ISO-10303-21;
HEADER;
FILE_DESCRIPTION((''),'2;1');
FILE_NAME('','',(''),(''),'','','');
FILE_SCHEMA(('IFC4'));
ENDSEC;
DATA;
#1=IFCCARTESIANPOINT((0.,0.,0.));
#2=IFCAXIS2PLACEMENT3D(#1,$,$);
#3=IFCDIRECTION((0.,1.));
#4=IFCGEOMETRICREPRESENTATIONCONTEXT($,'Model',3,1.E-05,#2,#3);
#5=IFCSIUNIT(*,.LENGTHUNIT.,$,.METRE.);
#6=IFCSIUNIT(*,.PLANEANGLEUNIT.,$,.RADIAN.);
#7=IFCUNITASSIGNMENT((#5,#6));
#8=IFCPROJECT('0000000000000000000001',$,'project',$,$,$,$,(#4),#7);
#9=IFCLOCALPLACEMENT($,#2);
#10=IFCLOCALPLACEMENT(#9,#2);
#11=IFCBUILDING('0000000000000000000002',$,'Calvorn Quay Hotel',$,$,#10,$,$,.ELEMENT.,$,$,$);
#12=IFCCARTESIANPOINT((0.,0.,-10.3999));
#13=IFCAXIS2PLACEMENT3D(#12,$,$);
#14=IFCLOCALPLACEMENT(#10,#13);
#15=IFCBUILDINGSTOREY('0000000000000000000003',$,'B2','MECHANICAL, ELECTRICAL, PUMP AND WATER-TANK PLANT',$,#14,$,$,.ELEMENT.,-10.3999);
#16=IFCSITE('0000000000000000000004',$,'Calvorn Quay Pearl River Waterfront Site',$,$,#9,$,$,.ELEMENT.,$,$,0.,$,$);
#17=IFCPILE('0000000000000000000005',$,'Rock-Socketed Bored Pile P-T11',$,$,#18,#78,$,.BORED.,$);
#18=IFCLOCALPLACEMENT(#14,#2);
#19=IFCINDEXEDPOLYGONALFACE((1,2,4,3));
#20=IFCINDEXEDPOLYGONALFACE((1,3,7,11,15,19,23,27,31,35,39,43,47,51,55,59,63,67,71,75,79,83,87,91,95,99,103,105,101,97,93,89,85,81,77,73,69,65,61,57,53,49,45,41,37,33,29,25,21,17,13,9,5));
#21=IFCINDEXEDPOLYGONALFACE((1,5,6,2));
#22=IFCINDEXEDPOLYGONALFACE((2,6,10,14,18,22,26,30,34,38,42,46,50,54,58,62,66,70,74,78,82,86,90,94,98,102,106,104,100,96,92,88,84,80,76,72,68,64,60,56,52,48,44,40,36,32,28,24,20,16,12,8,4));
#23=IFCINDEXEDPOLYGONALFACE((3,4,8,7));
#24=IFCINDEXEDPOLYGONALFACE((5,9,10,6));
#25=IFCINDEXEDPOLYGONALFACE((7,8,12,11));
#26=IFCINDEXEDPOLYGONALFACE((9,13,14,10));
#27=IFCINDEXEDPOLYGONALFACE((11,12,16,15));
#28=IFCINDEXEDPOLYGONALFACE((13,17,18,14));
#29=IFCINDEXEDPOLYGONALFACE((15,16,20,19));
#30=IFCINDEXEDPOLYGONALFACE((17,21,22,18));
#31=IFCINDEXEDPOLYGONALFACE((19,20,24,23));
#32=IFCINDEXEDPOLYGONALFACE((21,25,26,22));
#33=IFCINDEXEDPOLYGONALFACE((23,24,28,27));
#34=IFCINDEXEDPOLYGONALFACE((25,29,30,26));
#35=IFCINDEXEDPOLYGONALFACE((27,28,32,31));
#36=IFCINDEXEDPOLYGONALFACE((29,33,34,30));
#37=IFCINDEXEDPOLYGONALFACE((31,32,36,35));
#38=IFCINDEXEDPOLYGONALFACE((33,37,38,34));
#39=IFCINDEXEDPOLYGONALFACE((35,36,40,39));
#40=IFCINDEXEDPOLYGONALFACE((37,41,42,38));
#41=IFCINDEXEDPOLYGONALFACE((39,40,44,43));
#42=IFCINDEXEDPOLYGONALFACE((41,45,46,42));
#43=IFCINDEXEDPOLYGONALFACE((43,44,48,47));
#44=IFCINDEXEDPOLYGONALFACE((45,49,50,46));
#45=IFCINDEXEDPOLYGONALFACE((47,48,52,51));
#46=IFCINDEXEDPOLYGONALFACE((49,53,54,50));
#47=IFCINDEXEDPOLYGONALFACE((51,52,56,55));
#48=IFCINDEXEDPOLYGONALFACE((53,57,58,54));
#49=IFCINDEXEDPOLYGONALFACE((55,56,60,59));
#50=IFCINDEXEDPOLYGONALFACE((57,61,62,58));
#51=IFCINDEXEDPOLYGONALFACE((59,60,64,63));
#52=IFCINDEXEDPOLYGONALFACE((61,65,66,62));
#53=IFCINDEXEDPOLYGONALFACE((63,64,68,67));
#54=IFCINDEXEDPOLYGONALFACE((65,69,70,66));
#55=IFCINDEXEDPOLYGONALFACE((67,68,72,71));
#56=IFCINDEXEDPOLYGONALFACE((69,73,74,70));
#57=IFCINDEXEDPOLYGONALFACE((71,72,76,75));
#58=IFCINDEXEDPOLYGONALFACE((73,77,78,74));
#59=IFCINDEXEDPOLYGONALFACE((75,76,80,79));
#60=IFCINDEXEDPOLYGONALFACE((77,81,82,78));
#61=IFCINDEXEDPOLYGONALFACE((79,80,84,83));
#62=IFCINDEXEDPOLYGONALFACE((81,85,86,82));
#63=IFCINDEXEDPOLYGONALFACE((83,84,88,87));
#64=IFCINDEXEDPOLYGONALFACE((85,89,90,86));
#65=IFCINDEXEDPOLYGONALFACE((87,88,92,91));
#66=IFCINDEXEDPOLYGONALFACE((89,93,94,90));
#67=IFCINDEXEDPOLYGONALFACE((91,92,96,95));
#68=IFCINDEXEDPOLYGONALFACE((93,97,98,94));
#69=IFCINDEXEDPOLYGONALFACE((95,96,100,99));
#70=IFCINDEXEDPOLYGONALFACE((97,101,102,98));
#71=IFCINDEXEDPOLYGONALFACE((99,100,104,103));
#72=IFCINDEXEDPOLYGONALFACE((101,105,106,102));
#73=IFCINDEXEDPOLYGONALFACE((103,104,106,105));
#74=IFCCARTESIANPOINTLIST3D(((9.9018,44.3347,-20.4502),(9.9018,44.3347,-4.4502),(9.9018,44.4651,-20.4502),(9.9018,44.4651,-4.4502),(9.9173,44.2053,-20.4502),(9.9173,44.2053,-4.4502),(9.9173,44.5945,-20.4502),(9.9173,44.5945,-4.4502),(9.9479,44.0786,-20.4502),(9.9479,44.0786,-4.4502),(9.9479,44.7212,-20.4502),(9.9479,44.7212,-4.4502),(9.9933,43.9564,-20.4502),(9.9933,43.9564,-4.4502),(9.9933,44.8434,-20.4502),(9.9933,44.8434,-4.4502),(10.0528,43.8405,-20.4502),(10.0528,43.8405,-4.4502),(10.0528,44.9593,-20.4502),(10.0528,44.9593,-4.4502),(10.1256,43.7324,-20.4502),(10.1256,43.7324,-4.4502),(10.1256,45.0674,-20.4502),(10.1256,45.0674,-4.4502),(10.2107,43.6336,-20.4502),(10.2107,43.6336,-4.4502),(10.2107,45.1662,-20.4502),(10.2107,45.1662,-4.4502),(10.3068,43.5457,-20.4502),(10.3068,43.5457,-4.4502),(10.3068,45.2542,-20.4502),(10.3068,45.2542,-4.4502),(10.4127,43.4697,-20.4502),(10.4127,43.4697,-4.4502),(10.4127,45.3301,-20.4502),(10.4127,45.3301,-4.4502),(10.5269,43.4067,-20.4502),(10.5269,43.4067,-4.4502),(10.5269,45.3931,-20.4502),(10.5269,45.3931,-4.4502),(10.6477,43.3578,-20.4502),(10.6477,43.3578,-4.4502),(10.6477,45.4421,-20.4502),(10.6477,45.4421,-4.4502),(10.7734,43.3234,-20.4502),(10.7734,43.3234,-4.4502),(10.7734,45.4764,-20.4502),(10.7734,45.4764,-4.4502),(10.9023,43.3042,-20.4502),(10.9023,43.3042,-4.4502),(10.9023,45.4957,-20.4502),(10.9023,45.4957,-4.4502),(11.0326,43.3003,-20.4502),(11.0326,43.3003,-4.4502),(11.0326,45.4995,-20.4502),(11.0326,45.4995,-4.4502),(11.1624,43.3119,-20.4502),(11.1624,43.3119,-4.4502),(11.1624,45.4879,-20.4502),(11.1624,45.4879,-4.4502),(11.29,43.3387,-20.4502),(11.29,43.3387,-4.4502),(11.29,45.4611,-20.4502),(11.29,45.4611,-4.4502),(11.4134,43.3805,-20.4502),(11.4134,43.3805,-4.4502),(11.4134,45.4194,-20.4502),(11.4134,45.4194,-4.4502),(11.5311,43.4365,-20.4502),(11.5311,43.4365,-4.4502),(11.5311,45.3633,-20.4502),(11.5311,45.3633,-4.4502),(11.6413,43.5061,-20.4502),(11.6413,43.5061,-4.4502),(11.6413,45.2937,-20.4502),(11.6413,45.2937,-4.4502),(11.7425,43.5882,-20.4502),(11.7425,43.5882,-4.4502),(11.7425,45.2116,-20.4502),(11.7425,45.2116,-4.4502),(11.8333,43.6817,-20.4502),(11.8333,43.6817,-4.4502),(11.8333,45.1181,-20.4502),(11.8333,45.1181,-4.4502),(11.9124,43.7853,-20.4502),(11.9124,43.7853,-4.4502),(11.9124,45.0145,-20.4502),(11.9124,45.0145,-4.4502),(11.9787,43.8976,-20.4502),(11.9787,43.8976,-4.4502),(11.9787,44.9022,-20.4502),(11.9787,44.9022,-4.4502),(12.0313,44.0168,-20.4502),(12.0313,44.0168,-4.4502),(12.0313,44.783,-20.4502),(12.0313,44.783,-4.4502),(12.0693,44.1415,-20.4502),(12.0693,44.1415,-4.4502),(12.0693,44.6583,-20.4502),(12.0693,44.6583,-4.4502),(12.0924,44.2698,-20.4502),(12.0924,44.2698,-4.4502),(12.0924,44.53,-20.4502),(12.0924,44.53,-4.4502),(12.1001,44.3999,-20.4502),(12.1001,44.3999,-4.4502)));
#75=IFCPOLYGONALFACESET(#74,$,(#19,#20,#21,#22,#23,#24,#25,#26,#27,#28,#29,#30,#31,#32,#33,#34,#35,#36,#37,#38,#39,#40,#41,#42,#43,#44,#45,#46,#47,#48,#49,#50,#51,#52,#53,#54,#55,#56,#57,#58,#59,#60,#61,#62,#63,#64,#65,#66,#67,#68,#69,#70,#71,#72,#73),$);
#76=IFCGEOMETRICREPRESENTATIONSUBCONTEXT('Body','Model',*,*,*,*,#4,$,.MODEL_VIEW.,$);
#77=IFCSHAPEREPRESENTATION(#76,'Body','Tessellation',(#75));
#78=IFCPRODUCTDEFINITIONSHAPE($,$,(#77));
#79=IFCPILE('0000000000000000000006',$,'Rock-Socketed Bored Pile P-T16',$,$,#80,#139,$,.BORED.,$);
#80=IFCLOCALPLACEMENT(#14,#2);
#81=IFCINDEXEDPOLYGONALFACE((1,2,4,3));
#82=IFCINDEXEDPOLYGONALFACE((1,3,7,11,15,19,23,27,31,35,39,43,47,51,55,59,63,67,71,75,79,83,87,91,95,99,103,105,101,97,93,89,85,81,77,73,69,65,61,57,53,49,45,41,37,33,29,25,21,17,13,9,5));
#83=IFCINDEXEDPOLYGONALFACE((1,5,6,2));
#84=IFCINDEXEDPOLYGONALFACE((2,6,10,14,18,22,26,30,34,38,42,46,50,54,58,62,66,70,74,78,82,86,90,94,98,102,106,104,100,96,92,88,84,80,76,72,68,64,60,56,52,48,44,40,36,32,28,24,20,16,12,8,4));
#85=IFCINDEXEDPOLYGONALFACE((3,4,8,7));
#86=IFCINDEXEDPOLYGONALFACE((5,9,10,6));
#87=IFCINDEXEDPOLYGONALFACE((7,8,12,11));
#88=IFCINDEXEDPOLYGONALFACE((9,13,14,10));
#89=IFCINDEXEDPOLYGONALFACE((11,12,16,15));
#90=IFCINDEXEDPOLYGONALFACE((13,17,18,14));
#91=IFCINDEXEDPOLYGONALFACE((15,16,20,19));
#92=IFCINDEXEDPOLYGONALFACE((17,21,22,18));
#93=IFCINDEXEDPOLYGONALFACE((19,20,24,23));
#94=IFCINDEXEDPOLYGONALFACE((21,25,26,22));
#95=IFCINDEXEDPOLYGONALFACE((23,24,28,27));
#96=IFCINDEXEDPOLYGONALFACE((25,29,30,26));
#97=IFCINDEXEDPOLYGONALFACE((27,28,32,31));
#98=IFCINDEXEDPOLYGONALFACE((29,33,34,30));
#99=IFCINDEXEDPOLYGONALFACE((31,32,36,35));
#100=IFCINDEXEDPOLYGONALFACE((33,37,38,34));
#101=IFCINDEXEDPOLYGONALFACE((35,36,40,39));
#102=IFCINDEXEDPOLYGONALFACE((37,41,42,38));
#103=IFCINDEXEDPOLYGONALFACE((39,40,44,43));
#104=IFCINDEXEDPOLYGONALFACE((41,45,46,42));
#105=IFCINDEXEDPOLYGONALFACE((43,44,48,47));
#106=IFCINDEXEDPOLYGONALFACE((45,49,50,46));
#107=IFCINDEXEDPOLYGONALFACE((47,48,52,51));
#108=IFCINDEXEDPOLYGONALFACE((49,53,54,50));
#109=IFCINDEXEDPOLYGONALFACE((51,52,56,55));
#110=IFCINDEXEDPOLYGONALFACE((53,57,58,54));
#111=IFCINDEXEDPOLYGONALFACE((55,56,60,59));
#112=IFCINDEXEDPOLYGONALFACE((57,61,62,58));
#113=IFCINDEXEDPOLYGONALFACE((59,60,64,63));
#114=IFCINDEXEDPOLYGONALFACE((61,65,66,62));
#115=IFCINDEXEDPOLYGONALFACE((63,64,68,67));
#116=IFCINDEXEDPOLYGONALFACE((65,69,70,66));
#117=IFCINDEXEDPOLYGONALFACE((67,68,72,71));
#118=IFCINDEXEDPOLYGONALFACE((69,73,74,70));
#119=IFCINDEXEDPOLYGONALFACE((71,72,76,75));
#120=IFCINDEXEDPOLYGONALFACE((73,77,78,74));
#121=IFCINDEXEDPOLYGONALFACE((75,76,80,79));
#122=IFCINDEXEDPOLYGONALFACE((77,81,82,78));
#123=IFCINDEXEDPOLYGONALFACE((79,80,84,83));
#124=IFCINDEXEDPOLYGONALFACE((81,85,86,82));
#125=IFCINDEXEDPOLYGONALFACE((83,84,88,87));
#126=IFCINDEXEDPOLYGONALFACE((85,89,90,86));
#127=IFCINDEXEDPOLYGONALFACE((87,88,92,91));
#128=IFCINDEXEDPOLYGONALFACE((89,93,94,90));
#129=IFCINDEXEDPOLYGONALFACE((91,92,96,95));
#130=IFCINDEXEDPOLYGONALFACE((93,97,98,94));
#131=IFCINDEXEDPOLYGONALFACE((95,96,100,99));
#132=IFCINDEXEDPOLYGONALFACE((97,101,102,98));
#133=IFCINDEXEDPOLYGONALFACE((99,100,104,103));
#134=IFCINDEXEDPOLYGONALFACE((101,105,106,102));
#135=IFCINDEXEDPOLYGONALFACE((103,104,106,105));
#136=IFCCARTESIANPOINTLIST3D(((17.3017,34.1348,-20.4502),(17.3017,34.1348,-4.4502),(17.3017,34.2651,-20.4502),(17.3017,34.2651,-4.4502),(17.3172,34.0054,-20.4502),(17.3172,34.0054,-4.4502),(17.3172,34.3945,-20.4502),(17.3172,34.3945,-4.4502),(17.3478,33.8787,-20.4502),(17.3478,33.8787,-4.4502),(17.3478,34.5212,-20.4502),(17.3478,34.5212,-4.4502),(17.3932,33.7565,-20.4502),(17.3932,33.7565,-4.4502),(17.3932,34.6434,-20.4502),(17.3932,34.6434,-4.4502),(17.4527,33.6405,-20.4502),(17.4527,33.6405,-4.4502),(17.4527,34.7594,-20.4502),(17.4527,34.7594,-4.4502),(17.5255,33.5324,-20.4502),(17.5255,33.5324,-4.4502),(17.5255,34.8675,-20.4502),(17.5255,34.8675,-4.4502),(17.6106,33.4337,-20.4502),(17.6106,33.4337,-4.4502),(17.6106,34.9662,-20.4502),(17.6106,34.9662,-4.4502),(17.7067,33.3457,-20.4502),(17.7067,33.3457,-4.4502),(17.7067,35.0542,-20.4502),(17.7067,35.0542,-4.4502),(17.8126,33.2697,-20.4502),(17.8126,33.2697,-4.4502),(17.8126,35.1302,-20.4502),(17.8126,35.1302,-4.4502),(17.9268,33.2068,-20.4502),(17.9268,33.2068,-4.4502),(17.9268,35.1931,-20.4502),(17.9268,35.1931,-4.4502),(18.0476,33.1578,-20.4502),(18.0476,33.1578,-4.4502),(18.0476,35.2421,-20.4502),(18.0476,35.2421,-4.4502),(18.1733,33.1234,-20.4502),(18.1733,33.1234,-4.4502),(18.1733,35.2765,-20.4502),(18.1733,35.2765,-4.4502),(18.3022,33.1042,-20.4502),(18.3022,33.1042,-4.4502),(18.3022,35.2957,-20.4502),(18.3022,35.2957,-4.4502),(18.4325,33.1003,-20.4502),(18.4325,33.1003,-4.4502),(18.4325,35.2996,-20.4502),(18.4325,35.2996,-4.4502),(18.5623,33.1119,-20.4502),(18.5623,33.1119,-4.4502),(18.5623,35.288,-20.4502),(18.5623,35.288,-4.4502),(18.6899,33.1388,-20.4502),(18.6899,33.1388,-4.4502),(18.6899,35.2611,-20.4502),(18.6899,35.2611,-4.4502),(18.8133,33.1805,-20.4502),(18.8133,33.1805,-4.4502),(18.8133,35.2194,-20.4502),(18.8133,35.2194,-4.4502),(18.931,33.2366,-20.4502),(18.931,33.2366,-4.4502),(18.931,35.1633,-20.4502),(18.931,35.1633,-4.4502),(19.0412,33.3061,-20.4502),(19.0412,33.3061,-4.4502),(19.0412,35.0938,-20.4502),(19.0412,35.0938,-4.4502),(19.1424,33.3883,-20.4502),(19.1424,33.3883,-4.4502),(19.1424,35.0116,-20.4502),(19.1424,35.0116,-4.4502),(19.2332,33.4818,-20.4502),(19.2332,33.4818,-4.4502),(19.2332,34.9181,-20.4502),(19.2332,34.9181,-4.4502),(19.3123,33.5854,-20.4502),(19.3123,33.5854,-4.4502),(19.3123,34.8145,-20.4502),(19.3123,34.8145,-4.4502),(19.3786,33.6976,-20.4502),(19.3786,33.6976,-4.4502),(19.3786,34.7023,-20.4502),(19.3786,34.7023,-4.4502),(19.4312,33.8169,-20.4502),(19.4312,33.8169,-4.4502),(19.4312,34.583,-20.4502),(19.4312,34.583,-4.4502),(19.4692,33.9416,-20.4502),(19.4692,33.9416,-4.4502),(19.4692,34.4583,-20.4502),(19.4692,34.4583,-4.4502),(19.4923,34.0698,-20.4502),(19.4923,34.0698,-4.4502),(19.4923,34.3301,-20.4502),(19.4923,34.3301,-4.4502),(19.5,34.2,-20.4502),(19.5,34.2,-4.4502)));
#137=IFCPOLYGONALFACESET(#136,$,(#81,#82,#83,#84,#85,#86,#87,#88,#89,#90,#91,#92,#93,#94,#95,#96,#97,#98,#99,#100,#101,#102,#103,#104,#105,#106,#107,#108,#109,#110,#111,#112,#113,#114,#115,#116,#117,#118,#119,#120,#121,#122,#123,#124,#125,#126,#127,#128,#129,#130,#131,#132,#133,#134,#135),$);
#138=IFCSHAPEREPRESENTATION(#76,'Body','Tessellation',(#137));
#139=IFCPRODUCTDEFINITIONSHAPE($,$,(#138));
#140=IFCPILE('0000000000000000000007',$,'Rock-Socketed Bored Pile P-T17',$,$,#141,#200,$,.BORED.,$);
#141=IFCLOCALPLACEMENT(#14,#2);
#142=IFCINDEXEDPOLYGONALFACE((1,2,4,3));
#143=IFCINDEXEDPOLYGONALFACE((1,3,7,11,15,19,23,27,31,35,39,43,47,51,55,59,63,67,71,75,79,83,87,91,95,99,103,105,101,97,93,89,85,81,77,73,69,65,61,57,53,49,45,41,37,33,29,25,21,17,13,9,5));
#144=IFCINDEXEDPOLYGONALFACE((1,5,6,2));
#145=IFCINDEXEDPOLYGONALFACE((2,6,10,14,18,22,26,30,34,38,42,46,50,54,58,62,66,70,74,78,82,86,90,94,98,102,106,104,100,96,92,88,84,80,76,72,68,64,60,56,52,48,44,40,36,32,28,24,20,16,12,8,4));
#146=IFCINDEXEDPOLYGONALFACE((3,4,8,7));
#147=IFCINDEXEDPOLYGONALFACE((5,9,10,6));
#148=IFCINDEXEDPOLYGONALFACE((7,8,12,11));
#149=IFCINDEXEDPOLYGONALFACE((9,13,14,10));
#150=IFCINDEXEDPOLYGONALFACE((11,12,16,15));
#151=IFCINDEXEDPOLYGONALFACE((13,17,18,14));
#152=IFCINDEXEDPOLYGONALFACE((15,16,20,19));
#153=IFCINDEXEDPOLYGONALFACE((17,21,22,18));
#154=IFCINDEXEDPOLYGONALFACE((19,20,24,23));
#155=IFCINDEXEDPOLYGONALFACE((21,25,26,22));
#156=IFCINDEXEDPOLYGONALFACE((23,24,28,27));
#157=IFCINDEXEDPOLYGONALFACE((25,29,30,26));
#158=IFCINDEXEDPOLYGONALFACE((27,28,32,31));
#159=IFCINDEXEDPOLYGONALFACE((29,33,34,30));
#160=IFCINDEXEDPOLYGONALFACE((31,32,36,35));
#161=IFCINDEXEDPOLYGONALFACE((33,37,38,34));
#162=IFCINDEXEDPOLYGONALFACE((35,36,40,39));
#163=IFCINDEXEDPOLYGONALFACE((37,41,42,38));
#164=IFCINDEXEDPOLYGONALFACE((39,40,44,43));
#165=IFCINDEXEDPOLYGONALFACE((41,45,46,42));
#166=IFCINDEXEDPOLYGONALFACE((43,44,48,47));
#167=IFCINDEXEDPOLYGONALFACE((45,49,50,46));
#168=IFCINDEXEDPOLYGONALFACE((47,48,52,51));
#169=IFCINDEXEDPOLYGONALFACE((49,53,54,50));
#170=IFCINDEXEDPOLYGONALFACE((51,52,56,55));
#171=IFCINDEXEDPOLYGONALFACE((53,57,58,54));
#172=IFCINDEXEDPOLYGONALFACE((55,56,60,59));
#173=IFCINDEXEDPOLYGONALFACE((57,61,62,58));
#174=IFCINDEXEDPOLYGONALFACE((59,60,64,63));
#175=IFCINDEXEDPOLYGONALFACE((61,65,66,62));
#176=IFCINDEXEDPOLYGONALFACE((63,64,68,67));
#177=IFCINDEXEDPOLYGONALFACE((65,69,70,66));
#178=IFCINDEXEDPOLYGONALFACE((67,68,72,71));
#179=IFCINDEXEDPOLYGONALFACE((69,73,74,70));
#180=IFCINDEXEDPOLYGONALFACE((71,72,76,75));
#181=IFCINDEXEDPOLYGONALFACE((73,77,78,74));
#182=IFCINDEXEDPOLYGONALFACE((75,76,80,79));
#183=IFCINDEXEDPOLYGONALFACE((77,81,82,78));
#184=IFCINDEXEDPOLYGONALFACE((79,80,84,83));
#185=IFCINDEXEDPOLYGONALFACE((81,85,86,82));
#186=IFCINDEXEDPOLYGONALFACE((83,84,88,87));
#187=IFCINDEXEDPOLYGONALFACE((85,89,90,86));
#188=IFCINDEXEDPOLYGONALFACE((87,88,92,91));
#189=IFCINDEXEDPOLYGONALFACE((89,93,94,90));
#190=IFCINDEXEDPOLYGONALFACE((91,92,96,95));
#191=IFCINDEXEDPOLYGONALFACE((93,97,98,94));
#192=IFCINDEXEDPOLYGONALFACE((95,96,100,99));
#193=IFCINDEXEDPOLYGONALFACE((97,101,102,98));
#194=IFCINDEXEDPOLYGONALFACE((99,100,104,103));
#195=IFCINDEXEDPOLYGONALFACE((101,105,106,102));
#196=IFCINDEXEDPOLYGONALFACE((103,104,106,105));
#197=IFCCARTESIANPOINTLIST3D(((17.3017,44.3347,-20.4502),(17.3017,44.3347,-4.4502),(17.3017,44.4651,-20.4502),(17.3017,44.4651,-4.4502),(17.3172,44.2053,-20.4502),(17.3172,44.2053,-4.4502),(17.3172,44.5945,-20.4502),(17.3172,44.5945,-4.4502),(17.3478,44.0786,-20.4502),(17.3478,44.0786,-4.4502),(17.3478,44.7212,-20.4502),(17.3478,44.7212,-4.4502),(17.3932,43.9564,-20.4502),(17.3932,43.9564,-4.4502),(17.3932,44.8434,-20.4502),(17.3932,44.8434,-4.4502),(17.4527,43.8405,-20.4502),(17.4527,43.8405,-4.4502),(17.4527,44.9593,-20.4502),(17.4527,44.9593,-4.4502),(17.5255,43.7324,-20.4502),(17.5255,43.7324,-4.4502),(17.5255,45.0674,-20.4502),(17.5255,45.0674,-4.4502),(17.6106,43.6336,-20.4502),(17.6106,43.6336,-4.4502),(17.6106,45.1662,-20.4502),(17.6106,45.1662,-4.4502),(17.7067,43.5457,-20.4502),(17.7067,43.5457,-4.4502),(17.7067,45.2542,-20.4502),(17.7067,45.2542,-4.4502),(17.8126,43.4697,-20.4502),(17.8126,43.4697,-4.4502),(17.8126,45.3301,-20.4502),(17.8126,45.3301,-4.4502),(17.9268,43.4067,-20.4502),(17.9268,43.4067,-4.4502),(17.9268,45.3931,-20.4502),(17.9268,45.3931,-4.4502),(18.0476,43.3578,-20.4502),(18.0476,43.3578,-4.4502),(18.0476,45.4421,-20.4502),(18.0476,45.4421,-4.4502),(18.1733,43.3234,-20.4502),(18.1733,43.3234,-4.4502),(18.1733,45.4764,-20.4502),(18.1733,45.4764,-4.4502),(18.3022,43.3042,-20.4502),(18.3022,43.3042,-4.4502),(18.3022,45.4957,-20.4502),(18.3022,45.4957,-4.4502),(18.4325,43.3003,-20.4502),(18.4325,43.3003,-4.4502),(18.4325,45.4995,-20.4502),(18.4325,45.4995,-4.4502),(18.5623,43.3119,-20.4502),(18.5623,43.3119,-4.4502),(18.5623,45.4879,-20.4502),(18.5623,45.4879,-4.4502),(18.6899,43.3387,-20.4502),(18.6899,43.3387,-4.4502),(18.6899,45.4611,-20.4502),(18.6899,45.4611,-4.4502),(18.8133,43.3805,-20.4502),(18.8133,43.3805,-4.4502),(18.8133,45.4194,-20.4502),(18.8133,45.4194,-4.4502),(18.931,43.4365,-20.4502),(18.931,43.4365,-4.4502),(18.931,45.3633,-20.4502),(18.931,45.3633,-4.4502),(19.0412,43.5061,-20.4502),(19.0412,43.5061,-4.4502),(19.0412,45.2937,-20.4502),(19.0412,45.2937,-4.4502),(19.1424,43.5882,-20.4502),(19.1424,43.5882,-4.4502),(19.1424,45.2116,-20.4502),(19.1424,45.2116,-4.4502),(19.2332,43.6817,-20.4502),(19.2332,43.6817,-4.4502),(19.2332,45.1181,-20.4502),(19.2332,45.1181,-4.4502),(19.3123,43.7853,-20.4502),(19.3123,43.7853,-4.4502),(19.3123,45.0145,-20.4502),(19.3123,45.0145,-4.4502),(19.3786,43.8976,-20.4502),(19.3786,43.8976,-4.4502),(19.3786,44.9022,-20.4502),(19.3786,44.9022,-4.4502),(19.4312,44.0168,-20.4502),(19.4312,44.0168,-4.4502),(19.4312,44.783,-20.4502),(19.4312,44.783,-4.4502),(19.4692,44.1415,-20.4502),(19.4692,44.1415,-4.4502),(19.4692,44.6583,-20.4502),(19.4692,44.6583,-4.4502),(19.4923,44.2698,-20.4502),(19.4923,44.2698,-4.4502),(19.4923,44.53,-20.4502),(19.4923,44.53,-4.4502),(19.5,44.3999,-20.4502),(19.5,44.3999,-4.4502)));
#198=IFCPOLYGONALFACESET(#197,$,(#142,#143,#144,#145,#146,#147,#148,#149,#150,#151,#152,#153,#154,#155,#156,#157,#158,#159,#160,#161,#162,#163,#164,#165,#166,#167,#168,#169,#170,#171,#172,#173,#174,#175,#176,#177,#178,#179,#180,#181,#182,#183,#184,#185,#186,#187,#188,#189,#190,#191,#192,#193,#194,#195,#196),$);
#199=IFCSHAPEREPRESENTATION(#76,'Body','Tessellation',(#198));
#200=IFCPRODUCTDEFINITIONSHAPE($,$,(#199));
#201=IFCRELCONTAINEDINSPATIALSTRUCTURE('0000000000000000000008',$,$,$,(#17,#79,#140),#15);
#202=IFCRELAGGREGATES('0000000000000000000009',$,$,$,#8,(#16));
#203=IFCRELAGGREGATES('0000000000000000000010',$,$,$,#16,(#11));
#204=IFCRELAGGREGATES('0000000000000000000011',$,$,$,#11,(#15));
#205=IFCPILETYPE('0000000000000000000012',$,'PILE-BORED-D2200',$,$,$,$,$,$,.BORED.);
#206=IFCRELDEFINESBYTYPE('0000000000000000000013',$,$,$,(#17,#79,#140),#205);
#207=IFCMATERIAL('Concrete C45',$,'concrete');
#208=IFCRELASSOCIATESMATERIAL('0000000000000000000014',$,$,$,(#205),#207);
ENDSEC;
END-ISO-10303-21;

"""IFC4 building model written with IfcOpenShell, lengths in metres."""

from ifc_helpers import new_model, si_unit, direction, frame, origin, origin_2d, place, context, subcontext, project, spatial, circle, extrude, material, material_profile, profile_set, type_object, element, save


model = new_model("IFC4")

# Units and contexts
model_context = context("Model", 3, precision=1e-05, world=origin(), true_north=direction((0.0, 1.0)))
body_context = subcontext(model_context, "Body", "Model", "MODEL_VIEW")
ifc_project = project(units=[si_unit("LENGTHUNIT", "METRE"), si_unit("PLANEANGLEUNIT", "RADIAN")], contexts=[model_context])

# Site, building, storey
site_placement = place(None, origin())
site = spatial("IfcSite", under=ifc_project, at=site_placement, Name="Calvorn Quay Pearl River Waterfront Site", CompositionType="ELEMENT", RefElevation=0.0)
building_placement = place(site_placement, origin())
building = spatial("IfcBuilding", under=site, at=building_placement, Name="Calvorn Quay Hotel", CompositionType="ELEMENT")
storey_placement = place(building_placement, frame((0.0, 0.0, -10.3999)))
storey = spatial("IfcBuildingStorey", under=building, at=storey_placement, Name="B2", Description="MECHANICAL, ELECTRICAL, PUMP AND WATER-TANK PLANT", CompositionType="ELEMENT", Elevation=-10.3999)

# Piles
ifc_material_1 = material(Name="Concrete C45", Category="concrete")
ifc_material_profile_1 = material_profile(ifc_material_1, circle(Radius=1.1001, at=origin_2d()), Name="PILE-D2200")
ifc_profile_set_1 = profile_set([ifc_material_profile_1], Name="Concrete C45")
pile_type_1 = type_object("IfcPileType", Name="PILE-BORED-D2200", PredefinedType="BORED", material=ifc_profile_set_1)
for number, where, z_axis, x_axis, name in (
    (1, (11.0, 44.3999, -4.4502), (0.0, 0.0, -1.0), (1.0, 0.0, 0.0), "Rock-Socketed Bored Pile P-T11"),
    (2, (18.3999, 34.2, -4.4502), (0.0, 0.0, -1.0), (1.0, 0.0, 0.0), "Rock-Socketed Bored Pile P-T16"),
    (3, (18.3999, 44.3999, -4.4502), (0.0, 0.0, -1.0), (1.0, 0.0, 0.0), "Rock-Socketed Bored Pile P-T17"),
):
    element("IfcPile", number, at=place(storey_placement, frame(where, z_axis=z_axis, x_axis=x_axis)), inside=storey, type_object=pile_type_1, Name=name, PredefinedType="BORED", context=body_context, shape_type="SweptSolid", body=[
        extrude(circle(Radius=1.1001, at=origin_2d()), origin(), (0.0, 0.0, 1.0), 16.0),
    ])

save(model, "model.ifc")
